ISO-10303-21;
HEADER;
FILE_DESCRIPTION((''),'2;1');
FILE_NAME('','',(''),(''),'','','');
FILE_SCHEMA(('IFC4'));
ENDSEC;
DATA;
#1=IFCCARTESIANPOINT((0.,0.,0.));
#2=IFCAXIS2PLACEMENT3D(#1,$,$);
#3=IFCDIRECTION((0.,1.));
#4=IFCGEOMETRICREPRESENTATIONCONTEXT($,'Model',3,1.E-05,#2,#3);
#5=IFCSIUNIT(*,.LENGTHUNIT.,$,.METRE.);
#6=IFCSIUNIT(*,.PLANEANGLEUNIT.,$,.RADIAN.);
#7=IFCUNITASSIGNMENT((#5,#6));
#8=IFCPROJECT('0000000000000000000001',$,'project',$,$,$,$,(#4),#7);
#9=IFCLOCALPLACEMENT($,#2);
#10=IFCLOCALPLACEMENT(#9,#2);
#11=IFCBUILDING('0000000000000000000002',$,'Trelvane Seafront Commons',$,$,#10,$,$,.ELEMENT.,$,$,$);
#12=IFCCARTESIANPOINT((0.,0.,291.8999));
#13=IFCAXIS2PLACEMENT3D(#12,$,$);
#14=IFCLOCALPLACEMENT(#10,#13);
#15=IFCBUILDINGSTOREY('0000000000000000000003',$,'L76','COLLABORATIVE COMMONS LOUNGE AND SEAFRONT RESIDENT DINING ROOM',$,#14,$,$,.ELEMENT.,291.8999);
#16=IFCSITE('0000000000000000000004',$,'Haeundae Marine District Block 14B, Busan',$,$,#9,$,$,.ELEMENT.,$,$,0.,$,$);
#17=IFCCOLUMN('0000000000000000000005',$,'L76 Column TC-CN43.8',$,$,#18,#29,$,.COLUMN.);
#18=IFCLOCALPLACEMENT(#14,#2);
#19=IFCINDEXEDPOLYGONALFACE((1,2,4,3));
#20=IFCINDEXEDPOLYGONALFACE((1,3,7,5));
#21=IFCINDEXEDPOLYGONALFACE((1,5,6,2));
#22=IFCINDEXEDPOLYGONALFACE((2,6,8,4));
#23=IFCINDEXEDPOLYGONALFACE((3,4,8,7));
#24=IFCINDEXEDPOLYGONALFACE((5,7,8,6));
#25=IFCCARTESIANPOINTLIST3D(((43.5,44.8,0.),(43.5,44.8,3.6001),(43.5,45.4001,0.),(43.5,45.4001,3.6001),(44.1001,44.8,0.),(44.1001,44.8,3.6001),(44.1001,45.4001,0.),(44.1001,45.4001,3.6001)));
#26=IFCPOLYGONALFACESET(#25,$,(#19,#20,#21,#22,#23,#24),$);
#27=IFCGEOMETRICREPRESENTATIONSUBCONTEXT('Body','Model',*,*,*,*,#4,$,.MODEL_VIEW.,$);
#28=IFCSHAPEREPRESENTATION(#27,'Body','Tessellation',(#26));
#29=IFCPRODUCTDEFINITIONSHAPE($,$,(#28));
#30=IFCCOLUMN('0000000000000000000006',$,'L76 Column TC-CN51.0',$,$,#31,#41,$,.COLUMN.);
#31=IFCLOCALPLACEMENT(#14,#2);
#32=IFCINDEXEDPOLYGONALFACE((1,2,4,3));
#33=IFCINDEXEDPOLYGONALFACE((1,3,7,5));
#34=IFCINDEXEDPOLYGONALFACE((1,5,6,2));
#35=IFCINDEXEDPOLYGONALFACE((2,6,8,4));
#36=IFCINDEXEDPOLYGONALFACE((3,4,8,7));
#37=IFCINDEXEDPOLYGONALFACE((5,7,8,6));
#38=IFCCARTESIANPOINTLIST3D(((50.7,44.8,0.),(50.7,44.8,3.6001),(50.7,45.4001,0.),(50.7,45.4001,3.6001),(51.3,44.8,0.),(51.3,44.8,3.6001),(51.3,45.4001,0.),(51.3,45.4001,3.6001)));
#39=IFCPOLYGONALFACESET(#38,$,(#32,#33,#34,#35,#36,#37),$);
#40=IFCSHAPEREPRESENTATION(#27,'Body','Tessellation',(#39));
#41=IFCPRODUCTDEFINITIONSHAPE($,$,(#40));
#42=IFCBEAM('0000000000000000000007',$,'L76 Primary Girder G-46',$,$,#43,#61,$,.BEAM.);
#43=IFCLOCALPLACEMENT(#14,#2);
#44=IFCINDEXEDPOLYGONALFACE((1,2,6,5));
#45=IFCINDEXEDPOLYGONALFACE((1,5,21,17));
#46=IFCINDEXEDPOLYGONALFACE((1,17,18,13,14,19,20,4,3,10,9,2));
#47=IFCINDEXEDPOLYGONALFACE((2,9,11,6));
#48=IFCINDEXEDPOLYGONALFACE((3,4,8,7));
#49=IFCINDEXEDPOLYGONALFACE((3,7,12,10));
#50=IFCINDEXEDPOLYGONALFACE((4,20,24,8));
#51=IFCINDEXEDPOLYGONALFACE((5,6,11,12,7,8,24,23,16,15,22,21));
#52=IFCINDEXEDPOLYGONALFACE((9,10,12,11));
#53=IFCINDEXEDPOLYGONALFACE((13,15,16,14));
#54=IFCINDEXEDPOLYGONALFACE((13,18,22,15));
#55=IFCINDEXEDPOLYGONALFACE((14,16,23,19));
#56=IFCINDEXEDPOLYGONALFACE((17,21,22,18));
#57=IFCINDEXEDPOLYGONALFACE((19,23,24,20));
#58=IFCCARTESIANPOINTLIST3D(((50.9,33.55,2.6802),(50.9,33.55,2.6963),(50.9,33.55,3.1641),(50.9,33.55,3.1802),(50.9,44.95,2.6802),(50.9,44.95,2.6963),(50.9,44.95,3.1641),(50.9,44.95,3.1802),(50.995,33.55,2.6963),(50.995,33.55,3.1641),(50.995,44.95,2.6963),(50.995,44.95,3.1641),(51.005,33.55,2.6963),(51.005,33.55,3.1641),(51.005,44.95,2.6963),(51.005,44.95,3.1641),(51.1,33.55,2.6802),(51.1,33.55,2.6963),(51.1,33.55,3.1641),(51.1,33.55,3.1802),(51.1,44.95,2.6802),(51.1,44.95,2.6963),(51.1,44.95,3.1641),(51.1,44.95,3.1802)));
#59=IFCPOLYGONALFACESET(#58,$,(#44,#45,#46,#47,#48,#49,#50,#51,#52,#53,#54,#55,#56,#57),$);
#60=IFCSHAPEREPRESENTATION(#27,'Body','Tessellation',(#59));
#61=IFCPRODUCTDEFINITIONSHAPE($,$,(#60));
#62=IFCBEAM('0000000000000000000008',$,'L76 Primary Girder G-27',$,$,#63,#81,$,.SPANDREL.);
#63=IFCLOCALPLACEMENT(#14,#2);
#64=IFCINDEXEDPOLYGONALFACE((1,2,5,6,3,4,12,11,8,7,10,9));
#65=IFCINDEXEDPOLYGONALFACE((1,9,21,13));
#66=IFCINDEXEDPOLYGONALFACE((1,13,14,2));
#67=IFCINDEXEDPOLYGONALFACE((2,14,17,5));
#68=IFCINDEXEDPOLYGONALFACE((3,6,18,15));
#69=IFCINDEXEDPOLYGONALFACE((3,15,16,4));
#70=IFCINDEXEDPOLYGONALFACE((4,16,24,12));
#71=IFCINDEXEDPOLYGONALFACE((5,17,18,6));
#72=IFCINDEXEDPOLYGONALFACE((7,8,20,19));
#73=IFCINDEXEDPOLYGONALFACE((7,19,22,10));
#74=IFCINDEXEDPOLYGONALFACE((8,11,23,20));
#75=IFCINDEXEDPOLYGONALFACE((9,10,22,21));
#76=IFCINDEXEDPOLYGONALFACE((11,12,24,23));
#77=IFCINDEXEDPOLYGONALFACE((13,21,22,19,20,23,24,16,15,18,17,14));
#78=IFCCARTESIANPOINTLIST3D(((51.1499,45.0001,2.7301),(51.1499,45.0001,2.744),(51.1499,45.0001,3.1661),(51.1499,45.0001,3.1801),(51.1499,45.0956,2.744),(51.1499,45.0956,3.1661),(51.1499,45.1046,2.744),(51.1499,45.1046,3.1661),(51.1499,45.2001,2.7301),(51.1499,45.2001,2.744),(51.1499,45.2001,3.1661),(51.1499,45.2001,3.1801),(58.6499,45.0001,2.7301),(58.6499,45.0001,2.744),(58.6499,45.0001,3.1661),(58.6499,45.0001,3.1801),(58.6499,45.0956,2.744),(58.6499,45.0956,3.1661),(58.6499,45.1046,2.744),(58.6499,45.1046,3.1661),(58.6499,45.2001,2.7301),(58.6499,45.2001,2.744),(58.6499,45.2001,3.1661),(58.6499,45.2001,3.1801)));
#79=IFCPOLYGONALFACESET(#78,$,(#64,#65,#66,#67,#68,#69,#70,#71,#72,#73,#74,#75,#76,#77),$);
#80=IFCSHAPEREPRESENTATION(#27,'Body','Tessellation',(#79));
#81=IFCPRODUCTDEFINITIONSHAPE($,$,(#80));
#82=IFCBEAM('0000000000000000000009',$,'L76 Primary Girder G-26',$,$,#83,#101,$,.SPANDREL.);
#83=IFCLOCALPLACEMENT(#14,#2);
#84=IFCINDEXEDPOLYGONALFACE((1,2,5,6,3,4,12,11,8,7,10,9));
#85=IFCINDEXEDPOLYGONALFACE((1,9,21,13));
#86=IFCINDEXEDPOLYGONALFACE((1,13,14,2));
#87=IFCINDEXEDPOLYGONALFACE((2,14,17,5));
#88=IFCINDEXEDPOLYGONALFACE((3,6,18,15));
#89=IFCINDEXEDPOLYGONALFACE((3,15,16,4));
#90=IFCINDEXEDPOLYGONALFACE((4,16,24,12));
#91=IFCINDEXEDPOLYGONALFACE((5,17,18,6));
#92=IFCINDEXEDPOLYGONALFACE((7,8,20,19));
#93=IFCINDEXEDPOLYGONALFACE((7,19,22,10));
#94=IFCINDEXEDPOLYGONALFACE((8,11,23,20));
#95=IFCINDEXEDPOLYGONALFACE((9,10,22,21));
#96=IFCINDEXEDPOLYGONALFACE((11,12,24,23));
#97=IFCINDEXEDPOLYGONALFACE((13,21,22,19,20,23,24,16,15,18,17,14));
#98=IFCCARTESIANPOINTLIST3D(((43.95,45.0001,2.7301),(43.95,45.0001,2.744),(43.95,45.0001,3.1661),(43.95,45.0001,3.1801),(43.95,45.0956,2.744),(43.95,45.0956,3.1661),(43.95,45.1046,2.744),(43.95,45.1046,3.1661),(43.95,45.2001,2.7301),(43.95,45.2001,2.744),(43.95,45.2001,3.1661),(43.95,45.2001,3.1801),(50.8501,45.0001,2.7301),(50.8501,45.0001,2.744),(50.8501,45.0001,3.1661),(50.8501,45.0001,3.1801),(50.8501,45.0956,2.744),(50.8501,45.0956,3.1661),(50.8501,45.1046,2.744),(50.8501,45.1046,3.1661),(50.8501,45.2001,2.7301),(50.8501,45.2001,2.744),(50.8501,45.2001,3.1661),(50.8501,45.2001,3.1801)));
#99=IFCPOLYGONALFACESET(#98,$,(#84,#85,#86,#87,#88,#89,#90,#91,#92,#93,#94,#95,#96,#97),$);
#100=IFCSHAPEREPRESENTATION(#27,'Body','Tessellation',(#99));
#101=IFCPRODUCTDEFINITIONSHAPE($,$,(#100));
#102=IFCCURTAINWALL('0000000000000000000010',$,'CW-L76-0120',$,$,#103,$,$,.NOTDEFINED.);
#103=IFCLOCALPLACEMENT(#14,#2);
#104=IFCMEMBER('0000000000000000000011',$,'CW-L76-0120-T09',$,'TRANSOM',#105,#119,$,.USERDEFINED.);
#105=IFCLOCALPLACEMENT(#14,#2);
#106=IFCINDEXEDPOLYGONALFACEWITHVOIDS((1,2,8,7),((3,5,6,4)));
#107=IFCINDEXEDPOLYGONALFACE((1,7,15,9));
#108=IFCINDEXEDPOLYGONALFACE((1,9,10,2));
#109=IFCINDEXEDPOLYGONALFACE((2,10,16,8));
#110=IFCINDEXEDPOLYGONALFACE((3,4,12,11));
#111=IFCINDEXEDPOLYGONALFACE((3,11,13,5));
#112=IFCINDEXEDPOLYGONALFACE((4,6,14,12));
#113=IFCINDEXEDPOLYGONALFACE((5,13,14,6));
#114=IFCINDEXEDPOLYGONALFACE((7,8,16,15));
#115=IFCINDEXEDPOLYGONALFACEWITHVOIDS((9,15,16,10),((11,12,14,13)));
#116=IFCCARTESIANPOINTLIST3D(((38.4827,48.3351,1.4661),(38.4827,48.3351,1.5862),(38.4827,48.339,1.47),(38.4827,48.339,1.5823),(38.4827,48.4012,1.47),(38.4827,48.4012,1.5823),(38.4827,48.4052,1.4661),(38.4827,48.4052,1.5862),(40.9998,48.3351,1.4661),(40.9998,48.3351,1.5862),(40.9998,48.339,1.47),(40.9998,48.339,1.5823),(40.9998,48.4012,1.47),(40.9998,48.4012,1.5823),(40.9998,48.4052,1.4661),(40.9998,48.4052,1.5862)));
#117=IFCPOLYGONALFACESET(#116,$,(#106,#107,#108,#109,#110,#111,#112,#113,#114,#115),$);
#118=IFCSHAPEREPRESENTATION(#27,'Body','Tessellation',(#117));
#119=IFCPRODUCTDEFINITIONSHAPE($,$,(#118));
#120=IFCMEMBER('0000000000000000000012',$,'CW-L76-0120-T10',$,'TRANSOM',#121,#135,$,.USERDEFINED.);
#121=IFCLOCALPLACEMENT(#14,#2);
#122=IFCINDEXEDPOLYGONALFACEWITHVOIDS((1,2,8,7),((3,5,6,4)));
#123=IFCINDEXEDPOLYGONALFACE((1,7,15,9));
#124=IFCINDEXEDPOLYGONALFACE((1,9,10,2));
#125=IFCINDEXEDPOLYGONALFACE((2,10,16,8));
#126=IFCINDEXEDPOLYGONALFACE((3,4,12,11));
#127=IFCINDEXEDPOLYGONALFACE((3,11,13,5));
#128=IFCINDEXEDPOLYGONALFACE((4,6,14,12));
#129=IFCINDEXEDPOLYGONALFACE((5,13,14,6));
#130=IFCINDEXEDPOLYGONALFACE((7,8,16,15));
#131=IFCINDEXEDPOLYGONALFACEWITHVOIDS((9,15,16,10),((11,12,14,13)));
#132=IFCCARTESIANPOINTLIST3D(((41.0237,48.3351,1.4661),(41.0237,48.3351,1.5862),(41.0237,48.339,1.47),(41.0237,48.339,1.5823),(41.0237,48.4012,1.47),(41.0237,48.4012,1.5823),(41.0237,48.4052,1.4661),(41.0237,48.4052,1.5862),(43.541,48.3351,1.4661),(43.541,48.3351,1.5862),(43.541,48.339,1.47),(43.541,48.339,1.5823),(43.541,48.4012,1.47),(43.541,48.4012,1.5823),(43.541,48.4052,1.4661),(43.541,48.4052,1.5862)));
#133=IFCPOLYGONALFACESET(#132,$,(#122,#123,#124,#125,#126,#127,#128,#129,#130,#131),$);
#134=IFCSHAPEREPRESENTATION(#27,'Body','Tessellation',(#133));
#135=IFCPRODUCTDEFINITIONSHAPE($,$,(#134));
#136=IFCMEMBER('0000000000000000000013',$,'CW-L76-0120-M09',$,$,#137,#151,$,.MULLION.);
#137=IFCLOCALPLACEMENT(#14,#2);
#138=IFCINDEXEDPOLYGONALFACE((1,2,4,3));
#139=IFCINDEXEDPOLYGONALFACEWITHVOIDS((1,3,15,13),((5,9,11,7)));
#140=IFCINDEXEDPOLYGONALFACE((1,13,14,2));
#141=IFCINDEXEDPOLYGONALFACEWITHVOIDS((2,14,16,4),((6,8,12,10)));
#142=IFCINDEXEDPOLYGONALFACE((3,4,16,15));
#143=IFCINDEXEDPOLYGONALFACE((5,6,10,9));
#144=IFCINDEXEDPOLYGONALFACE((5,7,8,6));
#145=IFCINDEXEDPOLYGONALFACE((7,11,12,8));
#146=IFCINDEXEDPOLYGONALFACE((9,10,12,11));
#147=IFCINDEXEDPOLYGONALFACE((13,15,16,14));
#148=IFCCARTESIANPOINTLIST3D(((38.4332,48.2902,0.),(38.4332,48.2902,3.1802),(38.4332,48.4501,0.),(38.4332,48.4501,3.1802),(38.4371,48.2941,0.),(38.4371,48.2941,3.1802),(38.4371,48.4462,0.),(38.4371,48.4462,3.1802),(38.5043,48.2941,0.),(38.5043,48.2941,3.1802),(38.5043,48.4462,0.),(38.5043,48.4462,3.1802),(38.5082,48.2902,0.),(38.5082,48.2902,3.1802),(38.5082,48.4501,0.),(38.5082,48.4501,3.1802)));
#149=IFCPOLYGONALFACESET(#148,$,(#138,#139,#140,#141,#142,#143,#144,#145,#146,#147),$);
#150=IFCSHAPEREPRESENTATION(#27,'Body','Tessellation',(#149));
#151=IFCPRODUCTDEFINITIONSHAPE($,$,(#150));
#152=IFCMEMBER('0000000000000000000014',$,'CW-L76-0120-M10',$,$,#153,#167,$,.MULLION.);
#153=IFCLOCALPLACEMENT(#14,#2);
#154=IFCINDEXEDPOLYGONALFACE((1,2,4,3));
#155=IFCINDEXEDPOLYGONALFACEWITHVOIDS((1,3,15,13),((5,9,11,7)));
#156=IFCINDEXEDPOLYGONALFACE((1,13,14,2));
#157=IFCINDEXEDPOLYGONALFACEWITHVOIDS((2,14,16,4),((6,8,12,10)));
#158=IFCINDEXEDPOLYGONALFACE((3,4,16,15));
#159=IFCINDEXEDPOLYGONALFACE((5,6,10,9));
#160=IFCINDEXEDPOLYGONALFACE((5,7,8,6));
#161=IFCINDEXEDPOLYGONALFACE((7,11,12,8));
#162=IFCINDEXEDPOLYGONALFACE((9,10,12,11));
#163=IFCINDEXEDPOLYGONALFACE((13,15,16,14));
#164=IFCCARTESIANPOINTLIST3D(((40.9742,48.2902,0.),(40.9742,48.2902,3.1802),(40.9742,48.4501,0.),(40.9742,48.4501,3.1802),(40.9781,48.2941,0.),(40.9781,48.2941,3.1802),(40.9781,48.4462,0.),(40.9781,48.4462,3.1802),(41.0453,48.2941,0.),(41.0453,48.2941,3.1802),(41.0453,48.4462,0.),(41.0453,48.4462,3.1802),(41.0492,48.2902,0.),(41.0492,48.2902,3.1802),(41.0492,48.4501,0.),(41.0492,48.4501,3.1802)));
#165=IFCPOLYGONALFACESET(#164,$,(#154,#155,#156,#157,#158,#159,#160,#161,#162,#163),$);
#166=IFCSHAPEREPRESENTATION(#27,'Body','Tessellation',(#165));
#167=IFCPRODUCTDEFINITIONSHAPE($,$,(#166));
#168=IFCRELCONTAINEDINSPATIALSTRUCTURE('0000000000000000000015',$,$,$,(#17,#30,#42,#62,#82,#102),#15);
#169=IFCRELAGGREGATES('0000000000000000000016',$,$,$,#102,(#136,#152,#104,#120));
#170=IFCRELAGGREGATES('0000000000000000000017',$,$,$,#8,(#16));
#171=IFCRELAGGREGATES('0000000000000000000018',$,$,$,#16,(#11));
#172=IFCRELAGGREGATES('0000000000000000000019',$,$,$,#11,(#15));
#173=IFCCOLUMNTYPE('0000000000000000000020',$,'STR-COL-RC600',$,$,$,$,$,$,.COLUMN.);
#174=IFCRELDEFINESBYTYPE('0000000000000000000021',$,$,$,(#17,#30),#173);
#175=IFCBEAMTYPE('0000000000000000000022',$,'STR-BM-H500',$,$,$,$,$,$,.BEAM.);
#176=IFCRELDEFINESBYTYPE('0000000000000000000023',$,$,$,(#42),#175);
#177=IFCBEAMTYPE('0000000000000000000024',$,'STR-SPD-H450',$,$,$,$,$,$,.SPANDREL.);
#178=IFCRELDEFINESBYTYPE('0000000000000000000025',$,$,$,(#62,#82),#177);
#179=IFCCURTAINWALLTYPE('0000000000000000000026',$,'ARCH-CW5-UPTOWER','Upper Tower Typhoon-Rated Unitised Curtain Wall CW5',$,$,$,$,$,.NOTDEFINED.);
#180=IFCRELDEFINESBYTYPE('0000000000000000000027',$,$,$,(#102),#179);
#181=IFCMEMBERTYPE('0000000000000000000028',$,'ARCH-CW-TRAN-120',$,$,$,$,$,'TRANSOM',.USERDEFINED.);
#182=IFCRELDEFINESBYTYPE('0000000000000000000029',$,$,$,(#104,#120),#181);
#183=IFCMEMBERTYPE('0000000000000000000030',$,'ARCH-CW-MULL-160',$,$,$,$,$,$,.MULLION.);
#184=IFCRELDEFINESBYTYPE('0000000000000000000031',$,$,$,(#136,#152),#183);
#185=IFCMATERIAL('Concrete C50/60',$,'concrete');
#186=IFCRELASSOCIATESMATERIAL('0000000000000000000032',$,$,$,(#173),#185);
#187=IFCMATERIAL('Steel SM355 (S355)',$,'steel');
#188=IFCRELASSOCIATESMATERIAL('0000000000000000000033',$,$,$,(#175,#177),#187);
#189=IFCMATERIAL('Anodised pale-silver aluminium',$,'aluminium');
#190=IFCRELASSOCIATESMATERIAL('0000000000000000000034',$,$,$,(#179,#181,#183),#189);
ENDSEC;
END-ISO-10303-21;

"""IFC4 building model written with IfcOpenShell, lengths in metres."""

from ifc_helpers import new_model, si_unit, direction, frame, origin, origin_2d, place, context, subcontext, project, spatial, rectangle, hollow_rectangle, i_section, extrude, source, transform, mapped, material, material_profile, profile_set, type_object, element, aggregate, save


model = new_model("IFC4")

# Units and contexts
model_context = context("Model", 3, precision=1e-05, world=origin(), true_north=direction((0.0, 1.0)))
body_context = subcontext(model_context, "Body", "Model", "MODEL_VIEW")
ifc_project = project(units=[si_unit("LENGTHUNIT", "METRE"), si_unit("PLANEANGLEUNIT", "RADIAN")], contexts=[model_context])

# Site, building, storey
site_placement = place(None, origin())
site = spatial("IfcSite", under=ifc_project, at=site_placement, Name="Haeundae Marine District Block 14B, Busan", CompositionType="ELEMENT", RefElevation=0.0)
building_placement = place(site_placement, origin())
building = spatial("IfcBuilding", under=site, at=building_placement, Name="Trelvane Seafront Commons", CompositionType="ELEMENT")
storey_placement = place(building_placement, frame((0.0, 0.0, 291.8999)))
storey = spatial("IfcBuildingStorey", under=building, at=storey_placement, Name="L76", Description="COLLABORATIVE COMMONS LOUNGE AND SEAFRONT RESIDENT DINING ROOM", CompositionType="ELEMENT", Elevation=291.8999)

# Columns
ifc_material_1 = material(Name="Concrete C50/60", Category="concrete")
ifc_material_profile_1 = material_profile(ifc_material_1, rectangle(XDim=0.6001, YDim=0.6001, at=origin_2d()), Name="RC-600x600")
ifc_profile_set_1 = profile_set([ifc_material_profile_1], Name="Concrete C50/60")
column_type = type_object("IfcColumnType", Name="STR-COL-RC600", PredefinedType="COLUMN", material=ifc_profile_set_1)
shared_shape_1 = source(origin(), body_context, "Body", "SweptSolid", [
    extrude(rectangle(XDim=0.6001, YDim=0.6001, at=origin_2d()), origin(), (0.0, 0.0, 1.0), 3.6001),
])
for number, where, z_axis, x_axis, name in (
    (1, (43.8, 45.1001, 0.0), (0.0, 0.0, 1.0), (1.0, 0.0, 0.0), "L76 Column TC-CN43.8"),
    (2, (51.0, 45.1001, 0.0), (0.0, 0.0, 1.0), (1.0, 0.0, 0.0), "L76 Column TC-CN51.0"),
):
    element("IfcColumn", number, at=place(storey_placement, frame(where, z_axis=z_axis, x_axis=x_axis)), inside=storey, type_object=column_type, Name=name, PredefinedType="COLUMN", context=body_context, shape_type="MappedRepresentation", body=[
        mapped(shared_shape_1, transform((0.0, 0.0, 0.0), x_axis=(1.0, 0.0, 0.0), y_axis=(0.0, 1.0, 0.0), z_axis=(0.0, 0.0, 1.0), scale=1.0)),
    ])

# Beams
ifc_material_2 = material(Name="Steel SM355 (S355)", Category="steel")
ifc_material_profile_2 = material_profile(ifc_material_2, i_section(OverallWidth=0.2, OverallDepth=0.5, WebThickness=0.01, FlangeThickness=0.0161, at=origin_2d()), Name="H-500x200x10x16")
ifc_profile_set_2 = profile_set([ifc_material_profile_2], Name="Steel SM355 (S355)")
beam_type_1 = type_object("IfcBeamType", Name="STR-BM-H500", PredefinedType="BEAM", material=ifc_profile_set_2)
shared_shape_2 = source(origin(), body_context, "Body", "SweptSolid", [
    extrude(i_section(OverallWidth=0.2, OverallDepth=0.5, WebThickness=0.01, FlangeThickness=0.0161, at=origin_2d()), origin(), (0.0, 0.0, 1.0), 11.3999),
])
beam_1_placement = place(storey_placement, frame((51.0, 33.55, 2.9302), z_axis=(0.0, 1.0, 0.0), x_axis=(-1.0, 0.0, 0.0)))
element("IfcBeam", 3, at=beam_1_placement, inside=storey, type_object=beam_type_1, Name="L76 Primary Girder G-46", PredefinedType="BEAM", context=body_context, shape_type="MappedRepresentation", body=[
    mapped(shared_shape_2, transform((0.0, 0.0, 0.0), x_axis=(1.0, 0.0, 0.0), y_axis=(0.0, 1.0, 0.0), z_axis=(0.0, 0.0, 1.0), scale=1.0)),
])
ifc_material_profile_3 = material_profile(ifc_material_2, i_section(OverallWidth=0.2, OverallDepth=0.45, WebThickness=0.009, FlangeThickness=0.0139, at=origin_2d()), Name="H-450x200x9x14")
ifc_profile_set_3 = profile_set([ifc_material_profile_3], Name="Steel SM355 (S355)")
beam_type_2 = type_object("IfcBeamType", Name="STR-SPD-H450", PredefinedType="SPANDREL", material=ifc_profile_set_3)
shared_shape_3 = source(origin(), body_context, "Body", "SweptSolid", [
    extrude(i_section(OverallWidth=0.2, OverallDepth=0.45, WebThickness=0.009, FlangeThickness=0.0139, at=origin_2d()), origin(), (0.0, 0.0, 1.0), 7.5),
])
beam_2_placement = place(storey_placement, frame((51.1499, 45.1001, 2.9551), z_axis=(1.0, 0.0, 0.0), x_axis=(0.0, 1.0, 0.0)))
element("IfcBeam", 4, at=beam_2_placement, inside=storey, type_object=beam_type_2, Name="L76 Primary Girder G-27", PredefinedType="SPANDREL", context=body_context, shape_type="MappedRepresentation", body=[
    mapped(shared_shape_3, transform((0.0, 0.0, 0.0), x_axis=(1.0, 0.0, 0.0), y_axis=(0.0, 1.0, 0.0), z_axis=(0.0, 0.0, 1.0), scale=1.0)),
])
shared_shape_4 = source(origin(), body_context, "Body", "SweptSolid", [
    extrude(i_section(OverallWidth=0.2, OverallDepth=0.45, WebThickness=0.009, FlangeThickness=0.0139, at=origin_2d()), origin(), (0.0, 0.0, 1.0), 6.9001),
])
beam_3_placement = place(storey_placement, frame((43.95, 45.1001, 2.9551), z_axis=(1.0, 0.0, 0.0), x_axis=(0.0, 1.0, 0.0)))
element("IfcBeam", 5, at=beam_3_placement, inside=storey, type_object=beam_type_2, Name="L76 Primary Girder G-26", PredefinedType="SPANDREL", context=body_context, shape_type="MappedRepresentation", body=[
    mapped(shared_shape_4, transform((0.0, 0.0, 0.0), x_axis=(1.0, 0.0, 0.0), y_axis=(0.0, 1.0, 0.0), z_axis=(0.0, 0.0, 1.0), scale=1.0)),
])

# Curtain wall, members
ifc_material_3 = material(Name="Anodised pale-silver aluminium", Category="aluminium")
curtain_wall_type = type_object("IfcCurtainWallType", Name="ARCH-CW5-UPTOWER", Description="Upper Tower Typhoon-Rated Unitised Curtain Wall CW5", PredefinedType="NOTDEFINED", material=ifc_material_3)
curtain_wall_placement = place(storey_placement, origin())
curtain_wall = element("IfcCurtainWall", 6, at=curtain_wall_placement, inside=storey, type_object=curtain_wall_type, Name="CW-L76-0120", PredefinedType="NOTDEFINED")
ifc_material_profile_4 = material_profile(ifc_material_3, hollow_rectangle(XDim=0.0701, YDim=0.1201, WallThickness=0.0039, at=origin_2d()), Name="TRAN-70x120x4")
ifc_profile_set_4 = profile_set([ifc_material_profile_4], Name="Anodised pale-silver aluminium")
member_type_1 = type_object("IfcMemberType", Name="ARCH-CW-TRAN-120", ElementType="TRANSOM", PredefinedType="USERDEFINED", material=ifc_profile_set_4)
shared_shape_5 = source(origin(), body_context, "Body", "SweptSolid", [
    extrude(hollow_rectangle(XDim=0.0701, YDim=0.1201, WallThickness=0.0039, at=origin_2d()), origin(), (0.0, 0.0, 1.0), 2.5171),
])
member_1_placement = place(storey_placement, frame((38.4827, 48.3701, 1.5261), z_axis=(1.0, 0.0, 0.0), x_axis=(0.0, 1.0, 0.0)))
member_1 = element("IfcMember", 7, at=member_1_placement, type_object=member_type_1, Name="CW-L76-0120-T09", ObjectType="TRANSOM", PredefinedType="USERDEFINED", context=body_context, shape_type="MappedRepresentation", body=[
    mapped(shared_shape_5, transform((0.0, 0.0, 0.0), x_axis=(1.0, 0.0, 0.0), y_axis=(0.0, 1.0, 0.0), z_axis=(0.0, 0.0, 1.0), scale=1.0)),
])
shared_shape_6 = source(origin(), body_context, "Body", "SweptSolid", [
    extrude(hollow_rectangle(XDim=0.0701, YDim=0.1201, WallThickness=0.0039, at=origin_2d()), origin(), (0.0, 0.0, 1.0), 2.5173),
])
member_2_placement = place(storey_placement, frame((41.0237, 48.3701, 1.5261), z_axis=(1.0, 0.0, 0.0), x_axis=(0.0, 1.0, 0.0)))
member_2 = element("IfcMember", 8, at=member_2_placement, type_object=member_type_1, Name="CW-L76-0120-T10", ObjectType="TRANSOM", PredefinedType="USERDEFINED", context=body_context, shape_type="MappedRepresentation", body=[
    mapped(shared_shape_6, transform((0.0, 0.0, 0.0), x_axis=(1.0, 0.0, 0.0), y_axis=(0.0, 1.0, 0.0), z_axis=(0.0, 0.0, 1.0), scale=1.0)),
])
ifc_material_profile_5 = material_profile(ifc_material_3, hollow_rectangle(XDim=0.075, YDim=0.1599, WallThickness=0.0039, at=origin_2d()), Name="MULL-75x160x4")
ifc_profile_set_5 = profile_set([ifc_material_profile_5], Name="Anodised pale-silver aluminium")
member_type_2 = type_object("IfcMemberType", Name="ARCH-CW-MULL-160", PredefinedType="MULLION", material=ifc_profile_set_5)
shared_shape_7 = source(origin(), body_context, "Body", "SweptSolid", [
    extrude(hollow_rectangle(XDim=0.075, YDim=0.1599, WallThickness=0.0039, at=origin_2d()), origin(), (0.0, 0.0, 1.0), 3.1802),
])
member_3_placement = place(storey_placement, frame((38.4707, 48.3701, 0.0), z_axis=(0.0, 0.0, 1.0), x_axis=(1.0, 0.0, 0.0)))
member_3 = element("IfcMember", 9, at=member_3_placement, type_object=member_type_2, Name="CW-L76-0120-M09", PredefinedType="MULLION", context=body_context, shape_type="MappedRepresentation", body=[
    mapped(shared_shape_7, transform((0.0, 0.0, 0.0), x_axis=(1.0, 0.0, 0.0), y_axis=(0.0, 1.0, 0.0), z_axis=(0.0, 0.0, 1.0), scale=1.0)),
])
member_4_placement = place(storey_placement, frame((41.0117, 48.3701, 0.0), z_axis=(0.0, 0.0, 1.0), x_axis=(1.0, 0.0, 0.0)))
member_4 = element("IfcMember", 10, at=member_4_placement, type_object=member_type_2, Name="CW-L76-0120-M10", PredefinedType="MULLION", context=body_context, shape_type="MappedRepresentation", body=[
    mapped(shared_shape_7, transform((0.0, 0.0, 0.0), x_axis=(1.0, 0.0, 0.0), y_axis=(0.0, 1.0, 0.0), z_axis=(0.0, 0.0, 1.0), scale=1.0)),
])
aggregate(curtain_wall, [member_3, member_4, member_1, member_2])

save(model, "model.ifc")
